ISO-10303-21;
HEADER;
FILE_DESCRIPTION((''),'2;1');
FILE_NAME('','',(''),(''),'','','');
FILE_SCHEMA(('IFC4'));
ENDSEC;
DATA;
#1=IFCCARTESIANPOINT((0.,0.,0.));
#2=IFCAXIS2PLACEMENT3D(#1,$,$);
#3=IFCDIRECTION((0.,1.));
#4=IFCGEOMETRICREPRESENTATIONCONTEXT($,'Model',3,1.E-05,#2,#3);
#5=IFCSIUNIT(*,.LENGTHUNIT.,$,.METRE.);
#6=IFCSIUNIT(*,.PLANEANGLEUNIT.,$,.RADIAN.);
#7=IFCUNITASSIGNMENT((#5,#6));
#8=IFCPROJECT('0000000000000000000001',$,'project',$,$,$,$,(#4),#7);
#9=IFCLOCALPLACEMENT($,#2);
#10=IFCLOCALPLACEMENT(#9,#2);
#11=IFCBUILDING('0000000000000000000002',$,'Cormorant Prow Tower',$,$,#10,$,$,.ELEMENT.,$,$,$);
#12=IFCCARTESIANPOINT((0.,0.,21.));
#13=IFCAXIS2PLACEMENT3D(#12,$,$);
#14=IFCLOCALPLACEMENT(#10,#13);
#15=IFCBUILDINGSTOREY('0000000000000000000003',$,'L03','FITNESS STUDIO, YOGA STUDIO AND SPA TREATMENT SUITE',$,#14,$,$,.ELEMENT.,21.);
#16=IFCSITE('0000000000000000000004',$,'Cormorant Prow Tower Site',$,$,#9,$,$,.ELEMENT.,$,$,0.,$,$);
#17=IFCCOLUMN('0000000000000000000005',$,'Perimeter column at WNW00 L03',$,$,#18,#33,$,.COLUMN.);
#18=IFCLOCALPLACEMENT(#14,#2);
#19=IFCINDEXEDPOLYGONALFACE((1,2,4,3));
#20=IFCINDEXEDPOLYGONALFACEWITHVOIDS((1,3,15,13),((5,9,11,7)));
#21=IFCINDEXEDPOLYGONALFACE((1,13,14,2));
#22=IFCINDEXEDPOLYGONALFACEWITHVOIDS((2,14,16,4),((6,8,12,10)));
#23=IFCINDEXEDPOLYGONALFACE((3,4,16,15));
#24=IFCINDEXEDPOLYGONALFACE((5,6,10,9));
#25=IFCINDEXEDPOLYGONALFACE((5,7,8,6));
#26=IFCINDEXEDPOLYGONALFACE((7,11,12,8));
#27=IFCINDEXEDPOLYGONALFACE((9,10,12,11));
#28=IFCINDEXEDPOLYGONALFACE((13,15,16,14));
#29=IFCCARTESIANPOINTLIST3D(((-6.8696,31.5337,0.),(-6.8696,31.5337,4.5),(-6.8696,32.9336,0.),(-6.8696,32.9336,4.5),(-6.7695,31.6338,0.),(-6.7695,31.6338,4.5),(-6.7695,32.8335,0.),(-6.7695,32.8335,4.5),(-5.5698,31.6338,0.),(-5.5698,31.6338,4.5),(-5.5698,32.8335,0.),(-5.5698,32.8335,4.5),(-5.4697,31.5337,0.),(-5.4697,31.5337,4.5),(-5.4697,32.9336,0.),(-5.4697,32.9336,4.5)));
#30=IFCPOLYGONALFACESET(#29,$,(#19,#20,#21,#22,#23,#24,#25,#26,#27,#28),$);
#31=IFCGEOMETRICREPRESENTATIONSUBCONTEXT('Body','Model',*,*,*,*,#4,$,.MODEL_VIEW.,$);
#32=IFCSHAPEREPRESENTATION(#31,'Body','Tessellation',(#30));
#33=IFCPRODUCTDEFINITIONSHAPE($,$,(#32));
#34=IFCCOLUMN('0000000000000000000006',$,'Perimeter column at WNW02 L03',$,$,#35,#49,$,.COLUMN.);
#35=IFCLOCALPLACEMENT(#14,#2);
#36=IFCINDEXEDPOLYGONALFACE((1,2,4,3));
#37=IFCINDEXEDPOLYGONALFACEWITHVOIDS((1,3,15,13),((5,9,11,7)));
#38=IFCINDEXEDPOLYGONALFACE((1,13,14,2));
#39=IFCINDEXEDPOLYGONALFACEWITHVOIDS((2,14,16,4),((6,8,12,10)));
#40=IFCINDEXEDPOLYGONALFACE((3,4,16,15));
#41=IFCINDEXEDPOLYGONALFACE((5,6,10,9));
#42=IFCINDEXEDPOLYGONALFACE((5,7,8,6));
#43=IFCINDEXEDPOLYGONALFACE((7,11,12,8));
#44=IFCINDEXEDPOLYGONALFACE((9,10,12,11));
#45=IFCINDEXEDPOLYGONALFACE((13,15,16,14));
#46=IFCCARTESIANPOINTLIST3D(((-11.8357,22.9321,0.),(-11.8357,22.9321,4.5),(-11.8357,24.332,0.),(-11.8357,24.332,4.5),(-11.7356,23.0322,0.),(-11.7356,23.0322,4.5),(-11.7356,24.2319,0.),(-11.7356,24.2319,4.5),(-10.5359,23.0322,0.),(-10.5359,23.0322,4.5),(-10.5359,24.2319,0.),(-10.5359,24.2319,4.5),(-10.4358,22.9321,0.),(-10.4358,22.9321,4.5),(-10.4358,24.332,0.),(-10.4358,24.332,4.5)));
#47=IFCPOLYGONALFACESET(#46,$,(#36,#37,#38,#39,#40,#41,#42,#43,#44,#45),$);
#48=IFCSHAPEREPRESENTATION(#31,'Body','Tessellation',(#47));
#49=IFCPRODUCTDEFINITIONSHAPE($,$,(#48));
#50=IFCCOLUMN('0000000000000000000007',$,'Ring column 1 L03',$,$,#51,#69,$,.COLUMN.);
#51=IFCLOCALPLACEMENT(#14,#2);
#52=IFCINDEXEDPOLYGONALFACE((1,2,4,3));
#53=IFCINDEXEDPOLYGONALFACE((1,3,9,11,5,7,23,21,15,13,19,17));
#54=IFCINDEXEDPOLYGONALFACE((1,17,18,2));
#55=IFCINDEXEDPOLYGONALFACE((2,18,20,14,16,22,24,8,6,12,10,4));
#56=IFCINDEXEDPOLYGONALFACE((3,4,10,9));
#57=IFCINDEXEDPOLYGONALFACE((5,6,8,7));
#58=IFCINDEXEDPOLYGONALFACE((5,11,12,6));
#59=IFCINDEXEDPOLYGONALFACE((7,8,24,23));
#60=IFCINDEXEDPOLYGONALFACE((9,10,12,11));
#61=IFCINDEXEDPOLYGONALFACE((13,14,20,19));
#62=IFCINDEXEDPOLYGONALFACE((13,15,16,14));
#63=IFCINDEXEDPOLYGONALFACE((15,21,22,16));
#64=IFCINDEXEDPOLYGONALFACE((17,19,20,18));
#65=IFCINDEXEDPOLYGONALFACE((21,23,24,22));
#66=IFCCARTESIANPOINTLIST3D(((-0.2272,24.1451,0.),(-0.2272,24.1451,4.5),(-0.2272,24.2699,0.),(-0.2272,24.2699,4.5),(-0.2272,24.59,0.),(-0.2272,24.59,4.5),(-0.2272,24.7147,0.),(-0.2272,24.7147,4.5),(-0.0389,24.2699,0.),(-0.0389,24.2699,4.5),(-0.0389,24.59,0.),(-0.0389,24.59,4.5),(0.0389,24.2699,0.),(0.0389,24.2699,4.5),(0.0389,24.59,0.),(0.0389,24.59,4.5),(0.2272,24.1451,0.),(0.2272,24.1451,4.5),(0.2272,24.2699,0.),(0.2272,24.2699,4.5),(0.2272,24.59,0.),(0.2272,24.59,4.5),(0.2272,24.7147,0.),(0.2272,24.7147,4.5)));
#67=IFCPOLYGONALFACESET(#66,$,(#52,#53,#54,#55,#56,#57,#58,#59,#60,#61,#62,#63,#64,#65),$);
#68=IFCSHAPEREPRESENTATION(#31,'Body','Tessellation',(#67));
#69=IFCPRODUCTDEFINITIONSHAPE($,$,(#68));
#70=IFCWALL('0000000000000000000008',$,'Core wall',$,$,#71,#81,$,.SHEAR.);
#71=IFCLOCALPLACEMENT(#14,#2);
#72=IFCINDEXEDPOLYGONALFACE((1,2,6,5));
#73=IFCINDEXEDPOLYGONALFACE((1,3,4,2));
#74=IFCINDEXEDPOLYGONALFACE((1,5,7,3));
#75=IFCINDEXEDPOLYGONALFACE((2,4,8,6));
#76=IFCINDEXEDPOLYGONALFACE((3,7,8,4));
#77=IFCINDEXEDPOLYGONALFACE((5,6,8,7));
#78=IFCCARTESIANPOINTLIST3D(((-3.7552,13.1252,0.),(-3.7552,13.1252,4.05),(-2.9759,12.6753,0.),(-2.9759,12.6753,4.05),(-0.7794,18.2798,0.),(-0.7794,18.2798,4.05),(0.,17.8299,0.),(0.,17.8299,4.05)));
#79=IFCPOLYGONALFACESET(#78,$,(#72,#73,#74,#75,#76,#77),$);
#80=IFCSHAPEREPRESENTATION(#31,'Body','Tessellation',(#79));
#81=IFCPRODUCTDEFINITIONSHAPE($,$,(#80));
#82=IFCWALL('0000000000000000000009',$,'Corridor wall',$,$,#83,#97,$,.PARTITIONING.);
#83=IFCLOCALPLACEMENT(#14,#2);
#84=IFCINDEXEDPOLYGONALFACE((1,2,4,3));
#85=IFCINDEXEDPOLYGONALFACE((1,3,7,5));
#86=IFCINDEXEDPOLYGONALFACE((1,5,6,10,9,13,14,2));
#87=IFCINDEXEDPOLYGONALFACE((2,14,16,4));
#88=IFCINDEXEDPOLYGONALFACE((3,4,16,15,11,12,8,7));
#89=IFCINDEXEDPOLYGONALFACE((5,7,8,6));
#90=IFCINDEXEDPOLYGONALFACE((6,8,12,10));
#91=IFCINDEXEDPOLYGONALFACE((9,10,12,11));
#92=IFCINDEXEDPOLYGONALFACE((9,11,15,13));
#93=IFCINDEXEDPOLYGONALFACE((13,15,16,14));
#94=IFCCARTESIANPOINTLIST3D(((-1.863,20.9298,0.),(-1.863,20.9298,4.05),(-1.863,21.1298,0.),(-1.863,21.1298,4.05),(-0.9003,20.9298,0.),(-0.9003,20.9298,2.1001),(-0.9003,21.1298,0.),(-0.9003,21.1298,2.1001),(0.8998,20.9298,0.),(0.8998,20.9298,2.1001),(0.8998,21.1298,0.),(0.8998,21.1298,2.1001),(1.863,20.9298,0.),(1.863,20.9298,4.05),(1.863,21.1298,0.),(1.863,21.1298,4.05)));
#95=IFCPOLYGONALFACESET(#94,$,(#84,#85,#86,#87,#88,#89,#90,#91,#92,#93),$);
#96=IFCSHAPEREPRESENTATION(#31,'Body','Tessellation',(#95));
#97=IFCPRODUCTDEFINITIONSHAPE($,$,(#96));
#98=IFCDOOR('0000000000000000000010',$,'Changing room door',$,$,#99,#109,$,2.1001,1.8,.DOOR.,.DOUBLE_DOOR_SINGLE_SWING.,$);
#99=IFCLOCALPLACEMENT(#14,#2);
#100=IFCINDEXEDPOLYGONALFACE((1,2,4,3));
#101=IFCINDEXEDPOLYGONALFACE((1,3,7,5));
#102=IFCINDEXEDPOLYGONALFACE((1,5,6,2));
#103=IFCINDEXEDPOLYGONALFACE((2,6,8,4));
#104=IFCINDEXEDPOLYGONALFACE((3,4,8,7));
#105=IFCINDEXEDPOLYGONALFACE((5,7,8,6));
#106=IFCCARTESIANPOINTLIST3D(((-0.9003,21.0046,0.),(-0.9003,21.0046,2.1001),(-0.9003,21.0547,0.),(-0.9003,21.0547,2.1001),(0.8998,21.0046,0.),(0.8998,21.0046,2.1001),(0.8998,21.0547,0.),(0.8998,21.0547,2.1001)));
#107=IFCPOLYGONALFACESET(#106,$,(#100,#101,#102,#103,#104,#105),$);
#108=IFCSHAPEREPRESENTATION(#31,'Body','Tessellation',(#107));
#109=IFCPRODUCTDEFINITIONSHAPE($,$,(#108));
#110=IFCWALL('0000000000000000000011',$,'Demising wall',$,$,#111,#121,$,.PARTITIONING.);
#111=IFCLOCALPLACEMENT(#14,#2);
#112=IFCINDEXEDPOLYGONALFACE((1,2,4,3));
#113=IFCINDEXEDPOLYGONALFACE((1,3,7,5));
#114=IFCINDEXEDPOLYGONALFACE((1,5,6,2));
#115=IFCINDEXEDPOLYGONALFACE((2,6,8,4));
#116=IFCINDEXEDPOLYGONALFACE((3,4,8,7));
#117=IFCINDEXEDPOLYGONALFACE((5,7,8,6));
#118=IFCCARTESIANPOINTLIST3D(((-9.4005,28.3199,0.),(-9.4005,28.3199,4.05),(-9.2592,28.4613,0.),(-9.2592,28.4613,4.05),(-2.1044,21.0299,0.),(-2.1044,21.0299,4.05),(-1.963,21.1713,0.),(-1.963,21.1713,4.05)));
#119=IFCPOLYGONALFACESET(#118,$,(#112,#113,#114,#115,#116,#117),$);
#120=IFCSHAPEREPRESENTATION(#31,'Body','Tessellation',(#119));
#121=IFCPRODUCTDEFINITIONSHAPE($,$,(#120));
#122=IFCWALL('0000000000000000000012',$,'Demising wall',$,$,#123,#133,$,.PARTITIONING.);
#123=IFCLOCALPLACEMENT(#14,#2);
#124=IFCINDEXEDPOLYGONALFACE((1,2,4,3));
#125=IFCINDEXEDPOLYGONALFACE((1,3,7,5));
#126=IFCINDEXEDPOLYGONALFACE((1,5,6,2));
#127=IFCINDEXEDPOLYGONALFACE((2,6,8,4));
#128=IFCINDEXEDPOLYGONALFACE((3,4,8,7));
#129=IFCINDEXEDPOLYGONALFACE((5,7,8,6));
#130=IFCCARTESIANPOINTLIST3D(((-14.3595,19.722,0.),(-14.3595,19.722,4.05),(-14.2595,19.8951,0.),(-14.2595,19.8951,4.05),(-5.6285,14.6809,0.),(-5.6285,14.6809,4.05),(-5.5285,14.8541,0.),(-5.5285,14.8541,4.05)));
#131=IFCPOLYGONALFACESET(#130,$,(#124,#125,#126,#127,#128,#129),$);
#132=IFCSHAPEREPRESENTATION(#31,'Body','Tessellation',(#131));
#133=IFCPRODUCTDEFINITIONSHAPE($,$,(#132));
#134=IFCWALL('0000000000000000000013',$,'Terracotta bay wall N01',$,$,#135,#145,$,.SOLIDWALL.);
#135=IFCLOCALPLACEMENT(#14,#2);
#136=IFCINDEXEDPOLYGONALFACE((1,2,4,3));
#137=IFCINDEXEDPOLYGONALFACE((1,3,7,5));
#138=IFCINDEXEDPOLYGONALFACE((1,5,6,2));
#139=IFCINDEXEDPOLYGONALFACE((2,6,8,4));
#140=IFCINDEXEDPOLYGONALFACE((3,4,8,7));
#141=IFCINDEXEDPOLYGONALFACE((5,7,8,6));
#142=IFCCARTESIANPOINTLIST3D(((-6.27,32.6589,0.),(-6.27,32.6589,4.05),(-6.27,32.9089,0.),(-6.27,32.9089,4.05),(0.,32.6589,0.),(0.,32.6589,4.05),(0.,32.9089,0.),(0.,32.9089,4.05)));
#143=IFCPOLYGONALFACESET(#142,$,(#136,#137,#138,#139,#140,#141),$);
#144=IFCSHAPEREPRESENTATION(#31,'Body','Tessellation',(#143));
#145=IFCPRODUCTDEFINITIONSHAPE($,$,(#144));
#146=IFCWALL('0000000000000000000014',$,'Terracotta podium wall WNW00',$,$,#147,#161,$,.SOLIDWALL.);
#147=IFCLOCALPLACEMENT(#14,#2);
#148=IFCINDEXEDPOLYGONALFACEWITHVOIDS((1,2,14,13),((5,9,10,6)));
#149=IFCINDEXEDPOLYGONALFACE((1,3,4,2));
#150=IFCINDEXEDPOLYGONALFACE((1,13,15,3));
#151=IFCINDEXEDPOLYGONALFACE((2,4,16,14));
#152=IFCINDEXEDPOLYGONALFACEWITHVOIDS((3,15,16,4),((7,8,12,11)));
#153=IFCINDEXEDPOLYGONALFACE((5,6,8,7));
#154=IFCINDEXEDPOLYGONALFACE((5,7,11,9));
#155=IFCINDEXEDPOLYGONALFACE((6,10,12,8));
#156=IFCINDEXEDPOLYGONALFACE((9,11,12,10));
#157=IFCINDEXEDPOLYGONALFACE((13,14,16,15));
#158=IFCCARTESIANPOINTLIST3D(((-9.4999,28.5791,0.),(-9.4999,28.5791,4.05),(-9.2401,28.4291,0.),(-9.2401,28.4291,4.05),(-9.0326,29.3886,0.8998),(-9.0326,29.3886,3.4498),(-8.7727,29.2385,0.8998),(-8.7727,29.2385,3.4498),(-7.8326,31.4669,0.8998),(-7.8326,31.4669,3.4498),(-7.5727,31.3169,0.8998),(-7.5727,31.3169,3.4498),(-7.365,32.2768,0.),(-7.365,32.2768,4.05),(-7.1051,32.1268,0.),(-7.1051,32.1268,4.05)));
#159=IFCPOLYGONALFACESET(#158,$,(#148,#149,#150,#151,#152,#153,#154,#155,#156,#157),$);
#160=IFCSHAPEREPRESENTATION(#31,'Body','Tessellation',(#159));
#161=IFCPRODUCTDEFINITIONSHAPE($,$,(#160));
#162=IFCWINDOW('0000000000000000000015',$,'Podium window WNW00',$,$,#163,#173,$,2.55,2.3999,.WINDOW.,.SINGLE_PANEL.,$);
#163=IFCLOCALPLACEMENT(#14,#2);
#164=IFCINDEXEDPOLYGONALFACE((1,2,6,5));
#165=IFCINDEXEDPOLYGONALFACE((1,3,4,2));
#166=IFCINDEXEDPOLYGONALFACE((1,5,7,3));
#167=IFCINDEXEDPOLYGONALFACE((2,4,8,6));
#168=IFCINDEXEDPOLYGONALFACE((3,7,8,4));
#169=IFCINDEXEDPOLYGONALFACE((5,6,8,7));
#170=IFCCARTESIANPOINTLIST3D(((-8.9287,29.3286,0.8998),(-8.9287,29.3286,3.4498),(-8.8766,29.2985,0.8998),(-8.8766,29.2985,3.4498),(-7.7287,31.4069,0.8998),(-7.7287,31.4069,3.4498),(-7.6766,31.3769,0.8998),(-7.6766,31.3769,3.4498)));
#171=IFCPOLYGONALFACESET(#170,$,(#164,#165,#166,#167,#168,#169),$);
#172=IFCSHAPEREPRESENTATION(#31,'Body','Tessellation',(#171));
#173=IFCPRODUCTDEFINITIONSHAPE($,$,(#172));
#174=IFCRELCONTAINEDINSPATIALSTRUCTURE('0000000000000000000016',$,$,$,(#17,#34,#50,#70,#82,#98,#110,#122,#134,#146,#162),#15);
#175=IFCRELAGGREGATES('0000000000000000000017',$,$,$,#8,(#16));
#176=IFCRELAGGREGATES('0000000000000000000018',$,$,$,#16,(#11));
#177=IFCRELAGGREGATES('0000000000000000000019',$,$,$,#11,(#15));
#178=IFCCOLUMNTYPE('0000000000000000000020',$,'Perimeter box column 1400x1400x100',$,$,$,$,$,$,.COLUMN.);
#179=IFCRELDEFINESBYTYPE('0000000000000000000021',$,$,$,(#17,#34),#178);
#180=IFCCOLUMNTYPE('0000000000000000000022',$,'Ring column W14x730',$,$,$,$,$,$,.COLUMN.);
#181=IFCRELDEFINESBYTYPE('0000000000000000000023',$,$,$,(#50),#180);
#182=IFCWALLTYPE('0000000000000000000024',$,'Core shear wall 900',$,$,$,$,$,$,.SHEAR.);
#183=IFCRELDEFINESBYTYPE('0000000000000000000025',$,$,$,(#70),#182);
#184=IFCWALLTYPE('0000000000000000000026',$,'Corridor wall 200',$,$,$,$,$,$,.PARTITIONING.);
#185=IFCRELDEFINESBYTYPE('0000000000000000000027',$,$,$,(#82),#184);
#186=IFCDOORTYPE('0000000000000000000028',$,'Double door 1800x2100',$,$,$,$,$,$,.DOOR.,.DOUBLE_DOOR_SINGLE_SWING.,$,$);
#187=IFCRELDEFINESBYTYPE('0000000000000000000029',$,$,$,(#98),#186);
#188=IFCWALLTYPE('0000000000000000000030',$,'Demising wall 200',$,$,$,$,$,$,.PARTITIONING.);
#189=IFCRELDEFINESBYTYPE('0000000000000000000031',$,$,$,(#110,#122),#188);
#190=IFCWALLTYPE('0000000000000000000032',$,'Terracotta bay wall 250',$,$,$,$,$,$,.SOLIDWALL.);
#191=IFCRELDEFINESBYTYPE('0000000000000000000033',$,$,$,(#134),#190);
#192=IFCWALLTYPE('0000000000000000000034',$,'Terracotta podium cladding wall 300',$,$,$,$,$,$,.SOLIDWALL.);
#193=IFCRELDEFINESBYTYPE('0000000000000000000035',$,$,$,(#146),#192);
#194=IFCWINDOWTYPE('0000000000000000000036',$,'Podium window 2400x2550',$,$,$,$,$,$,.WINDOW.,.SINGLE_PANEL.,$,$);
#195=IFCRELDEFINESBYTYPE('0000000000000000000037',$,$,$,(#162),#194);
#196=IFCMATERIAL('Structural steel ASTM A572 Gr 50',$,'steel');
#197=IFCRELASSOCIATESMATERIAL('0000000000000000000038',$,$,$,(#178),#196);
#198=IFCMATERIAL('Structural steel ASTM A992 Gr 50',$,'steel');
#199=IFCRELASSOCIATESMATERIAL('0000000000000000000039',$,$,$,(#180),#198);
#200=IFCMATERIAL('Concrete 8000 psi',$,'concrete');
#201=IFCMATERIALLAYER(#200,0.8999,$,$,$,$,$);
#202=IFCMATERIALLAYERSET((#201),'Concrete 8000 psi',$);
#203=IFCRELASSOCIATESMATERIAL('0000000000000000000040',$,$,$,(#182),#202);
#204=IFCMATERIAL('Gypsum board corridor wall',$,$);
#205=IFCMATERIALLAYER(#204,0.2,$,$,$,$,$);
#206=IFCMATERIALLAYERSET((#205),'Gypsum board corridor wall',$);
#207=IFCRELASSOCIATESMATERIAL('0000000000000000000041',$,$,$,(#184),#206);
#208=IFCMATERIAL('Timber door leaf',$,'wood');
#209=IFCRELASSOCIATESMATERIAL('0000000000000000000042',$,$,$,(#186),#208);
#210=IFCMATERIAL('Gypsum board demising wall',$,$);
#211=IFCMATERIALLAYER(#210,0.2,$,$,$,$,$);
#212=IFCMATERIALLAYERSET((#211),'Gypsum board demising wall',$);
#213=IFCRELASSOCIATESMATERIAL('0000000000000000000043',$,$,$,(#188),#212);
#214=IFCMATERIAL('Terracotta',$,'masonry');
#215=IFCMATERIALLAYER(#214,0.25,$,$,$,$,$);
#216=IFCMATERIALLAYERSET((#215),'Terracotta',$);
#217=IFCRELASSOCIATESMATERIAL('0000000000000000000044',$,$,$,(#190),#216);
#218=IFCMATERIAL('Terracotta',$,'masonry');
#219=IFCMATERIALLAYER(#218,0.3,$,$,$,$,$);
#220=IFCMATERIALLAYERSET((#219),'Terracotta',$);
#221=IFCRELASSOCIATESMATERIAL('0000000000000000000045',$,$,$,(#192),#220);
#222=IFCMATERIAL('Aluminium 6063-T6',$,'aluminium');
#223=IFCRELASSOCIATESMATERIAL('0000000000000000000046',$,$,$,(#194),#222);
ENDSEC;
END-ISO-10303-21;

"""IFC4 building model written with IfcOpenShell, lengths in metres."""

from ifc_helpers import new_model, si_unit, direction, frame, frame_2d, origin, origin_2d, place, context, subcontext, project, spatial, rectangle, hollow_rectangle, i_section, extrude, material, layer, layer_set, material_profile, profile_set, type_object, element, fill, save


model = new_model("IFC4")

# Units and contexts
model_context = context("Model", 3, precision=1e-05, world=origin(), true_north=direction((0.0, 1.0)))
body_context = subcontext(model_context, "Body", "Model", "MODEL_VIEW")
ifc_project = project(units=[si_unit("LENGTHUNIT", "METRE"), si_unit("PLANEANGLEUNIT", "RADIAN")], contexts=[model_context])

# Site, building, storey
site_placement = place(None, origin())
site = spatial("IfcSite", under=ifc_project, at=site_placement, Name="Cormorant Prow Tower Site", CompositionType="ELEMENT", RefElevation=0.0)
building_placement = place(site_placement, origin())
building = spatial("IfcBuilding", under=site, at=building_placement, Name="Cormorant Prow Tower", CompositionType="ELEMENT")
storey_placement = place(building_placement, frame((0.0, 0.0, 21.0)))
storey = spatial("IfcBuildingStorey", under=building, at=storey_placement, Name="L03", Description="FITNESS STUDIO, YOGA STUDIO AND SPA TREATMENT SUITE", CompositionType="ELEMENT", Elevation=21.0)

# Columns
ifc_material_1 = material(Name="Structural steel ASTM A572 Gr 50", Category="steel")
ifc_material_profile_1 = material_profile(ifc_material_1, hollow_rectangle(XDim=1.3999, YDim=1.3999, WallThickness=0.1001, at=origin_2d()), Name="Box 1400x1400x100")
ifc_profile_set_1 = profile_set([ifc_material_profile_1], Name="Structural steel ASTM A572 Gr 50")
column_type_1 = type_object("IfcColumnType", Name="Perimeter box column 1400x1400x100", PredefinedType="COLUMN", material=ifc_profile_set_1)
for number, where, z_axis, x_axis, name in (
    (1, (-6.1697, 32.2336, 0.0), (0.0, 0.0, 1.0), (1.0, 0.0, 0.0), "Perimeter column at WNW00 L03"),
    (2, (-11.1357, 23.6321, 0.0), (0.0, 0.0, 1.0), (1.0, 0.0, 0.0), "Perimeter column at WNW02 L03"),
):
    element("IfcColumn", number, at=place(storey_placement, frame(where, z_axis=z_axis, x_axis=x_axis)), inside=storey, type_object=column_type_1, Name=name, PredefinedType="COLUMN", context=body_context, shape_type="SweptSolid", body=[
        extrude(hollow_rectangle(XDim=1.3999, YDim=1.3999, WallThickness=0.1001, at=origin_2d()), origin(), (0.0, 0.0, 1.0), 4.5),
    ])
ifc_material_2 = material(Name="Structural steel ASTM A992 Gr 50", Category="steel")
ifc_material_profile_2 = material_profile(ifc_material_2, i_section(OverallWidth=0.4543, OverallDepth=0.5696, WebThickness=0.0779, FlangeThickness=0.1248, at=origin_2d()), Name="W14x730")
ifc_profile_set_2 = profile_set([ifc_material_profile_2], Name="Structural steel ASTM A992 Gr 50")
column_type_2 = type_object("IfcColumnType", Name="Ring column W14x730", PredefinedType="COLUMN", material=ifc_profile_set_2)
column_placement = place(storey_placement, frame((0.0, 24.4299, 0.0), z_axis=(0.0, 0.0, 1.0), x_axis=(1.0, 0.0, 0.0)))
element("IfcColumn", 3, at=column_placement, inside=storey, type_object=column_type_2, Name="Ring column 1 L03", PredefinedType="COLUMN", context=body_context, shape_type="SweptSolid", body=[
    extrude(i_section(OverallWidth=0.4543, OverallDepth=0.5696, WebThickness=0.0779, FlangeThickness=0.1248, at=origin_2d()), origin(), (0.0, 0.0, 1.0), 4.5),
])

# Wall
ifc_material_3 = material(Name="Concrete 8000 psi", Category="concrete")
ifc_layer_1 = layer(ifc_material_3, 0.8999)
ifc_layer_set_1 = layer_set([ifc_layer_1], Name="Concrete 8000 psi")
wall_type_1 = type_object("IfcWallType", Name="Core shear wall 900", PredefinedType="SHEAR", material=ifc_layer_set_1)
wall_1_placement = place(storey_placement, frame((-0.3896, 18.0549, 0.0), z_axis=(0.0, 0.0, 1.0), x_axis=(-0.499982, -0.866036, 0.0)))
element("IfcWall", 4, at=wall_1_placement, inside=storey, type_object=wall_type_1, Name="Core wall", PredefinedType="SHEAR", context=body_context, shape_type="SweptSolid", body=[
    extrude(rectangle(XDim=5.9519, YDim=0.8999, at=frame_2d((2.9761, 0.0))), origin(), (0.0, 0.0, 1.0), 4.05),
])

# Wall, opening, door
ifc_material_4 = material(Name="Gypsum board corridor wall")
ifc_layer_2 = layer(ifc_material_4, 0.2)
ifc_layer_set_2 = layer_set([ifc_layer_2], Name="Gypsum board corridor wall")
wall_type_2 = type_object("IfcWallType", Name="Corridor wall 200", PredefinedType="PARTITIONING", material=ifc_layer_set_2)
wall_2_placement = place(storey_placement, frame((-1.863, 21.0298, 0.0), z_axis=(0.0, 0.0, 1.0), x_axis=(1.0, 0.0, 0.0)))
wall_2 = element("IfcWall", 5, at=wall_2_placement, inside=storey, type_object=wall_type_2, Name="Corridor wall", PredefinedType="PARTITIONING", context=body_context, shape_type="SweptSolid", body=[
    extrude(rectangle(XDim=3.7261, YDim=0.2, at=frame_2d((1.863, 0.0))), origin(), (0.0, 0.0, 1.0), 4.05),
])
opening_1_placement = place(wall_2_placement, frame((0.9629, 0.0, 0.0)))
opening_1 = element("IfcOpeningElement", 6, at=opening_1_placement, cuts=wall_2, PredefinedType="OPENING", context=body_context, shape_type="SweptSolid", body=[
    extrude(rectangle(XDim=1.8, YDim=2.1001, at=frame_2d((0.8999, 1.05))), frame((0.0, 0.1099, 0.0), z_axis=(0.0, -1.0, 0.0), x_axis=(1.0, 0.0, 0.0)), (0.0, 0.0, 1.0), 0.22),
])
ifc_material_5 = material(Name="Timber door leaf", Category="wood")
door_type = type_object("IfcDoorType", Name="Double door 1800x2100", OperationType="DOUBLE_DOOR_SINGLE_SWING", PredefinedType="DOOR", material=ifc_material_5)
door_placement = place(opening_1_placement, origin())
door = element("IfcDoor", 7, at=door_placement, inside=storey, type_object=door_type, Name="Changing room door", OperationType="DOUBLE_DOOR_SINGLE_SWING", OverallHeight=2.1001, OverallWidth=1.8, PredefinedType="DOOR", context=body_context, shape_type="SweptSolid", body=[
    extrude(rectangle(XDim=1.8, YDim=2.1001, at=frame_2d((0.8999, 1.05))), frame((0.0, 0.0249, 0.0), z_axis=(0.0, -1.0, 0.0), x_axis=(1.0, 0.0, 0.0)), (0.0, 0.0, 1.0), 0.05),
])
fill(opening_1, door)

# Walls
ifc_material_6 = material(Name="Gypsum board demising wall")
ifc_layer_3 = layer(ifc_material_6, 0.2)
ifc_layer_set_3 = layer_set([ifc_layer_3], Name="Gypsum board demising wall")
wall_type_3 = type_object("IfcWallType", Name="Demising wall 200", PredefinedType="PARTITIONING", material=ifc_layer_set_3)
wall_3_placement = place(storey_placement, frame((-9.3298, 28.3906, 0.0), z_axis=(0.0, 0.0, 1.0), x_axis=(0.707403, -0.706811, 0.0)))
element("IfcWall", 8, at=wall_3_placement, inside=storey, type_object=wall_type_3, Name="Demising wall", PredefinedType="PARTITIONING", context=body_context, shape_type="SweptSolid", body=[
    extrude(rectangle(XDim=10.314, YDim=0.2, at=frame_2d((5.157, 0.0))), origin(), (0.0, 0.0, 1.0), 4.05),
])
wall_4_placement = place(storey_placement, frame((-14.3096, 19.8086, 0.0), z_axis=(0.0, 0.0, 1.0), x_axis=(0.866017, -0.500015, 0.0)))
element("IfcWall", 9, at=wall_4_placement, inside=storey, type_object=wall_type_3, Name="Demising wall", PredefinedType="PARTITIONING", context=body_context, shape_type="SweptSolid", body=[
    extrude(rectangle(XDim=10.0818, YDim=0.2, at=frame_2d((5.041, 0.0))), origin(), (0.0, 0.0, 1.0), 4.05),
])
ifc_material_7 = material(Name="Terracotta", Category="masonry")
ifc_layer_4 = layer(ifc_material_7, 0.25)
ifc_layer_set_4 = layer_set([ifc_layer_4], Name="Terracotta")
wall_type_4 = type_object("IfcWallType", Name="Terracotta bay wall 250", PredefinedType="SOLIDWALL", material=ifc_layer_set_4)
wall_5_placement = place(storey_placement, frame((0.0, 32.7839, 0.0), z_axis=(0.0, 0.0, 1.0), x_axis=(-1.0, 0.0, 0.0)))
element("IfcWall", 10, at=wall_5_placement, inside=storey, type_object=wall_type_4, Name="Terracotta bay wall N01", PredefinedType="SOLIDWALL", context=body_context, shape_type="SweptSolid", body=[
    extrude(rectangle(XDim=6.27, YDim=0.25, at=frame_2d((3.135, 0.0))), origin(), (0.0, 0.0, 1.0), 4.05),
])

# Wall, opening, window
ifc_material_8 = material(Name="Terracotta", Category="masonry")
ifc_layer_5 = layer(ifc_material_8, 0.3)
ifc_layer_set_5 = layer_set([ifc_layer_5], Name="Terracotta")
wall_type_5 = type_object("IfcWallType", Name="Terracotta podium cladding wall 300", PredefinedType="SOLIDWALL", material=ifc_layer_set_5)
wall_6_placement = place(storey_placement, frame((-7.2351, 32.2017, 0.0), z_axis=(0.0, 0.0, 1.0), x_axis=(-0.500019, -0.866014, 0.0)))
wall_6 = element("IfcWall", 11, at=wall_6_placement, inside=storey, type_object=wall_type_5, Name="Terracotta podium wall WNW00", PredefinedType="SOLIDWALL", context=body_context, shape_type="SweptSolid", body=[
    extrude(rectangle(XDim=4.2698, YDim=0.3, at=frame_2d((2.1348, 0.0))), origin(), (0.0, 0.0, 1.0), 4.05),
])
opening_2_placement = place(wall_6_placement, frame((0.9351, 0.0, 0.8999)))
opening_2 = element("IfcOpeningElement", 12, at=opening_2_placement, cuts=wall_6, PredefinedType="OPENING", context=body_context, shape_type="SweptSolid", body=[
    extrude(rectangle(XDim=2.3999, YDim=2.55, at=frame_2d((1.2, 1.2749))), frame((0.0, 0.1599, 0.0), z_axis=(0.0, -1.0, 0.0), x_axis=(1.0, 0.0, 0.0)), (0.0, 0.0, 1.0), 0.3201),
])
ifc_material_9 = material(Name="Aluminium 6063-T6", Category="aluminium")
window_type = type_object("IfcWindowType", Name="Podium window 2400x2550", PartitioningType="SINGLE_PANEL", PredefinedType="WINDOW", material=ifc_material_9)
window_1_placement = place(opening_2_placement, origin())
window_1 = element("IfcWindow", 13, at=window_1_placement, inside=storey, type_object=window_type, Name="Podium window WNW00", OverallHeight=2.55, OverallWidth=2.3999, PartitioningType="SINGLE_PANEL", PredefinedType="WINDOW", context=body_context, shape_type="SweptSolid", body=[
    extrude(rectangle(XDim=2.3999, YDim=2.55, at=frame_2d((1.2, 1.2749))), frame((0.0, 0.03, 0.0), z_axis=(0.0, -1.0, 0.0), x_axis=(1.0, 0.0, 0.0)), (0.0, 0.0, 1.0), 0.0601),
])
fill(opening_2, window_1)

save(model, "model.ifc")
